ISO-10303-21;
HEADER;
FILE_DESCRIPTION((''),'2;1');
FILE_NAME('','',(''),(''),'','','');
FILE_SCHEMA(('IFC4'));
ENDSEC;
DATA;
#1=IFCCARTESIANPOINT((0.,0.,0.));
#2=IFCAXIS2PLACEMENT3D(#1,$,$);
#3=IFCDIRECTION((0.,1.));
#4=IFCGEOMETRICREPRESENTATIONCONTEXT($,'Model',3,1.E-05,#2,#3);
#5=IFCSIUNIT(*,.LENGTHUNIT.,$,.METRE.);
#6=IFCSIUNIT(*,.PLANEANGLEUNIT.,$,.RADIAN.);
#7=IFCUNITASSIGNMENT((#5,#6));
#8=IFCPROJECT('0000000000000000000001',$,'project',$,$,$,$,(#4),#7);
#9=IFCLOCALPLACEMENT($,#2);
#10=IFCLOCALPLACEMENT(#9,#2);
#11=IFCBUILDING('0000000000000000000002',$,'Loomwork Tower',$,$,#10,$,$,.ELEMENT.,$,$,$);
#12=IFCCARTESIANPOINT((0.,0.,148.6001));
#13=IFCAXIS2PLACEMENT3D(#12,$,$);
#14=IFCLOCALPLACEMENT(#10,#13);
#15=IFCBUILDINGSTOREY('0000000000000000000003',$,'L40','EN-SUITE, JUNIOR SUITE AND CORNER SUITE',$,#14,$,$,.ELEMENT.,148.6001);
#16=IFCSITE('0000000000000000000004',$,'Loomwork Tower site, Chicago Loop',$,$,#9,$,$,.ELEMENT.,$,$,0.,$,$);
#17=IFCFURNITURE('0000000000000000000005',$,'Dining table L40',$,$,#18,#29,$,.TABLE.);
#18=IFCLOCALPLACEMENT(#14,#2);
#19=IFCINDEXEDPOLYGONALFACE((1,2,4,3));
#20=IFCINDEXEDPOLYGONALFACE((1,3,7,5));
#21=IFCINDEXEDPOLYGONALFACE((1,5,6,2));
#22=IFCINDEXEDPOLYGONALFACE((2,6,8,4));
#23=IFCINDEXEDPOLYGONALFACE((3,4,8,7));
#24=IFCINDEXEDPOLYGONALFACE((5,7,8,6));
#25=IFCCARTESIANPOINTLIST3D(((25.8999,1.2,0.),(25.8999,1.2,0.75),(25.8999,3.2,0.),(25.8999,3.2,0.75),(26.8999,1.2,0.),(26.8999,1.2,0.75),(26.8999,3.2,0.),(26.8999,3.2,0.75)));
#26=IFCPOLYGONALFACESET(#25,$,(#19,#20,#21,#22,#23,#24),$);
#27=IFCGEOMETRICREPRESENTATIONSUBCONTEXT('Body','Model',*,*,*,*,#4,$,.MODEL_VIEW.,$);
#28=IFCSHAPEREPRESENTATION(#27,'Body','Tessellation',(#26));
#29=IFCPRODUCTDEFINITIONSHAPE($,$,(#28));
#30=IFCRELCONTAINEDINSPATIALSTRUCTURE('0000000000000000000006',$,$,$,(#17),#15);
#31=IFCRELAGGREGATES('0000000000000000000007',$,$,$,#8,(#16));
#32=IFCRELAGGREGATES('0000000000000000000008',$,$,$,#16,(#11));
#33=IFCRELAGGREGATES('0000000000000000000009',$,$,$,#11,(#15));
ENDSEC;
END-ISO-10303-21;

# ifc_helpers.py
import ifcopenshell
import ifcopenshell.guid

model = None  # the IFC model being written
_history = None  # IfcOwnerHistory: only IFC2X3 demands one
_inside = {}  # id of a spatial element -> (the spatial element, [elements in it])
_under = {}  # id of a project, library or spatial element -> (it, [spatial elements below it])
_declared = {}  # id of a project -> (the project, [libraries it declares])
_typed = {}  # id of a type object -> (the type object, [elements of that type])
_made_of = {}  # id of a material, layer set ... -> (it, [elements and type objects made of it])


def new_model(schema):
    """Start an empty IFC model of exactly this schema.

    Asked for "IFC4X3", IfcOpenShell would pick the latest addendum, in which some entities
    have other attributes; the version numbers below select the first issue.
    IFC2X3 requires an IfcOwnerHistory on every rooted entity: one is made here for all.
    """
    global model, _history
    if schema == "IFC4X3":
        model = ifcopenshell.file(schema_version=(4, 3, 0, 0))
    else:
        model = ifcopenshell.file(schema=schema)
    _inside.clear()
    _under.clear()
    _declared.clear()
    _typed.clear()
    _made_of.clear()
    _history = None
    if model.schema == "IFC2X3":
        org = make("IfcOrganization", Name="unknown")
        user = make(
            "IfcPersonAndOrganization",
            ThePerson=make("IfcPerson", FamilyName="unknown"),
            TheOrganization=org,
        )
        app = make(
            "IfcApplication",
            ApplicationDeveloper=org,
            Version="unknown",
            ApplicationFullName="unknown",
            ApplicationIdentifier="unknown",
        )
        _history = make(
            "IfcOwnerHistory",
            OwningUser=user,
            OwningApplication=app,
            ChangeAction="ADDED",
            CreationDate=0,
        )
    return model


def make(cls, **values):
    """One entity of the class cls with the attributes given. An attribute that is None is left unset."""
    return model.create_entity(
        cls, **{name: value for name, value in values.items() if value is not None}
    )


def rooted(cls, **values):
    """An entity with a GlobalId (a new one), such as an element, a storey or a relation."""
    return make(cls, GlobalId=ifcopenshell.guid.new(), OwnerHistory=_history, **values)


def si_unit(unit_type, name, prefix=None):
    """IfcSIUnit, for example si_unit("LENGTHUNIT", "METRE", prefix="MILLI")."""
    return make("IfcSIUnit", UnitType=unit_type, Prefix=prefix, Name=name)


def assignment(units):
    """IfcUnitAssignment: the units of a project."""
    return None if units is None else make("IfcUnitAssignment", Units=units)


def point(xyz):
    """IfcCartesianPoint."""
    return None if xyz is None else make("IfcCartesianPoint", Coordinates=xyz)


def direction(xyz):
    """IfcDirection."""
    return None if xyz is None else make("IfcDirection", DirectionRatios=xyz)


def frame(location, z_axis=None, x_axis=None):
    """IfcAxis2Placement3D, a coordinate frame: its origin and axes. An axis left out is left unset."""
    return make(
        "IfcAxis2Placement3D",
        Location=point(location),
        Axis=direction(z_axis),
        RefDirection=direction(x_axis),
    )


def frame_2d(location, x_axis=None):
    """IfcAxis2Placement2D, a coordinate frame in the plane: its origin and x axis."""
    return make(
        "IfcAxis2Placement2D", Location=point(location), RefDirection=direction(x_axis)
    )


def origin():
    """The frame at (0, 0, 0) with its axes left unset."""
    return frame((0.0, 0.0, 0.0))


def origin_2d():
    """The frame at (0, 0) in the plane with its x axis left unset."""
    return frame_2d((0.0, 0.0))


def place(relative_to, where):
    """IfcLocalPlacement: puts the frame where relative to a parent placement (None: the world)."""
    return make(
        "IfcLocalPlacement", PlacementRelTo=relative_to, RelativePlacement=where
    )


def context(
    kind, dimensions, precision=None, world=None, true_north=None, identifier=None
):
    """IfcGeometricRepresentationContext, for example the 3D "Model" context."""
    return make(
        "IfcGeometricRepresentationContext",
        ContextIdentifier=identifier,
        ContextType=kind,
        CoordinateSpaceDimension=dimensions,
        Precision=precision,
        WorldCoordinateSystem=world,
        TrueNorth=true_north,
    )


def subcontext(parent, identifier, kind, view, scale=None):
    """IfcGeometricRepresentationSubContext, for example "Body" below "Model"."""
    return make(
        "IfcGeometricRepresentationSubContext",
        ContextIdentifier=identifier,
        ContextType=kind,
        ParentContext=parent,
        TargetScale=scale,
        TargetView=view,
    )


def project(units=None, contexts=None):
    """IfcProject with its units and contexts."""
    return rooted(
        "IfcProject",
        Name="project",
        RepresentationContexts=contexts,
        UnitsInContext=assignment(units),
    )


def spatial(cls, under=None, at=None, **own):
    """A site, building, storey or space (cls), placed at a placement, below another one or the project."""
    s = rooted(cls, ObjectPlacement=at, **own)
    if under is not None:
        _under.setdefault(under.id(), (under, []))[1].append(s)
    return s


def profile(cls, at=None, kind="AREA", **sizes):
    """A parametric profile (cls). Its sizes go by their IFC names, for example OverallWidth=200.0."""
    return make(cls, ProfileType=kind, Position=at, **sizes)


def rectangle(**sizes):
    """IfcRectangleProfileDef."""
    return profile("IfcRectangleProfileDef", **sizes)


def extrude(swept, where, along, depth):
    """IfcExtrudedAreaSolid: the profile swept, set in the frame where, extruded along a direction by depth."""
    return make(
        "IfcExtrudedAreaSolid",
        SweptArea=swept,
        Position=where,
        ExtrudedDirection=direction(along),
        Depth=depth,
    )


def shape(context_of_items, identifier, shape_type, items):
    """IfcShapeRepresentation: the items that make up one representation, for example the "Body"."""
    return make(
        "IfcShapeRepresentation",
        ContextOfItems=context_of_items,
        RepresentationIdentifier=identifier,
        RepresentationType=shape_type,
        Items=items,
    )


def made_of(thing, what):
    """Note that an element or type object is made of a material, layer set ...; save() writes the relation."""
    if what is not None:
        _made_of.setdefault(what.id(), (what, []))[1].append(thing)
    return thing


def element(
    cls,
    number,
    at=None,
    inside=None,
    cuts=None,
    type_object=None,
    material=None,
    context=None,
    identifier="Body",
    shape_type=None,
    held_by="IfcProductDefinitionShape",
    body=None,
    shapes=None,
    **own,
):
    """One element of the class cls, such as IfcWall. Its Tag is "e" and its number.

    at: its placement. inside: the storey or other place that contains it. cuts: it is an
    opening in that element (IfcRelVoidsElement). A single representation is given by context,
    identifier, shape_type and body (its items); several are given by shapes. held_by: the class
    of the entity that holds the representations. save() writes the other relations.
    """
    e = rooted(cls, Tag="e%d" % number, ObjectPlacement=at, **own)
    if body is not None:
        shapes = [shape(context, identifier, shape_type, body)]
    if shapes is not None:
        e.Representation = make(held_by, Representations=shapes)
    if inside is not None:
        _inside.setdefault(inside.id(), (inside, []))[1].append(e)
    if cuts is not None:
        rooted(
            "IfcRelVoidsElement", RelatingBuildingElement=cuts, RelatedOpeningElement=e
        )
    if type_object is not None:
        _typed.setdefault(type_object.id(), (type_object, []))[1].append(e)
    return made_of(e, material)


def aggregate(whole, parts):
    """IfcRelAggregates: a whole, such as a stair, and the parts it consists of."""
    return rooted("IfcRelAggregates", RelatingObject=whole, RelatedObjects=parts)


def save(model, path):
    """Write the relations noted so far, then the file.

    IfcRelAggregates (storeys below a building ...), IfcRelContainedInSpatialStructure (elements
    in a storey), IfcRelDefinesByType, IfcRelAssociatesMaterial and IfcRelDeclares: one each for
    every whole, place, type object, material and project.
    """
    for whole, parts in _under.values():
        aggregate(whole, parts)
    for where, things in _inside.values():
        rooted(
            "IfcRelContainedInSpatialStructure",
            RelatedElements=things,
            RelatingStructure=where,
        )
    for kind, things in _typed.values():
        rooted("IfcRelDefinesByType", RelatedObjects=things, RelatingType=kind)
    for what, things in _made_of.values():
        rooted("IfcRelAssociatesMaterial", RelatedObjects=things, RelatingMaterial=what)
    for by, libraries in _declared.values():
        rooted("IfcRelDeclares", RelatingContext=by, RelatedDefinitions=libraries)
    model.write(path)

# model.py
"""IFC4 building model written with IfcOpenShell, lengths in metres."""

from ifc_helpers import new_model, si_unit, direction, frame, origin, origin_2d, place, context, subcontext, project, spatial, rectangle, extrude, element, save


model = new_model("IFC4")

# Units and contexts
model_context = context("Model", 3, precision=1e-05, world=origin(), true_north=direction((0.0, 1.0)))
body_context = subcontext(model_context, "Body", "Model", "MODEL_VIEW")
ifc_project = project(units=[si_unit("LENGTHUNIT", "METRE"), si_unit("PLANEANGLEUNIT", "RADIAN")], contexts=[model_context])

# Site, building, storey
site_placement = place(None, origin())
site = spatial("IfcSite", under=ifc_project, at=site_placement, Name="Loomwork Tower site, Chicago Loop", CompositionType="ELEMENT", RefElevation=0.0)
building_placement = place(site_placement, origin())
building = spatial("IfcBuilding", under=site, at=building_placement, Name="Loomwork Tower", CompositionType="ELEMENT")
storey_placement = place(building_placement, frame((0.0, 0.0, 148.6001)))
storey = spatial("IfcBuildingStorey", under=building, at=storey_placement, Name="L40", Description="EN-SUITE, JUNIOR SUITE AND CORNER SUITE", CompositionType="ELEMENT", Elevation=148.6001)

# Furniture
furniture_1_placement = place(storey_placement, frame((26.3999, 2.2, 0.0), z_axis=(0.0, 0.0, 1.0), x_axis=(1.0, 0.0, 0.0)))
element("IfcFurniture", 1, at=furniture_1_placement, inside=storey, Name="Dining table L40", PredefinedType="TABLE", context=body_context, shape_type="SweptSolid", body=[
    extrude(rectangle(XDim=1.0, YDim=2.0, at=origin_2d()), origin(), (0.0, 0.0, 1.0), 0.75),
])

save(model, "model.ifc")
